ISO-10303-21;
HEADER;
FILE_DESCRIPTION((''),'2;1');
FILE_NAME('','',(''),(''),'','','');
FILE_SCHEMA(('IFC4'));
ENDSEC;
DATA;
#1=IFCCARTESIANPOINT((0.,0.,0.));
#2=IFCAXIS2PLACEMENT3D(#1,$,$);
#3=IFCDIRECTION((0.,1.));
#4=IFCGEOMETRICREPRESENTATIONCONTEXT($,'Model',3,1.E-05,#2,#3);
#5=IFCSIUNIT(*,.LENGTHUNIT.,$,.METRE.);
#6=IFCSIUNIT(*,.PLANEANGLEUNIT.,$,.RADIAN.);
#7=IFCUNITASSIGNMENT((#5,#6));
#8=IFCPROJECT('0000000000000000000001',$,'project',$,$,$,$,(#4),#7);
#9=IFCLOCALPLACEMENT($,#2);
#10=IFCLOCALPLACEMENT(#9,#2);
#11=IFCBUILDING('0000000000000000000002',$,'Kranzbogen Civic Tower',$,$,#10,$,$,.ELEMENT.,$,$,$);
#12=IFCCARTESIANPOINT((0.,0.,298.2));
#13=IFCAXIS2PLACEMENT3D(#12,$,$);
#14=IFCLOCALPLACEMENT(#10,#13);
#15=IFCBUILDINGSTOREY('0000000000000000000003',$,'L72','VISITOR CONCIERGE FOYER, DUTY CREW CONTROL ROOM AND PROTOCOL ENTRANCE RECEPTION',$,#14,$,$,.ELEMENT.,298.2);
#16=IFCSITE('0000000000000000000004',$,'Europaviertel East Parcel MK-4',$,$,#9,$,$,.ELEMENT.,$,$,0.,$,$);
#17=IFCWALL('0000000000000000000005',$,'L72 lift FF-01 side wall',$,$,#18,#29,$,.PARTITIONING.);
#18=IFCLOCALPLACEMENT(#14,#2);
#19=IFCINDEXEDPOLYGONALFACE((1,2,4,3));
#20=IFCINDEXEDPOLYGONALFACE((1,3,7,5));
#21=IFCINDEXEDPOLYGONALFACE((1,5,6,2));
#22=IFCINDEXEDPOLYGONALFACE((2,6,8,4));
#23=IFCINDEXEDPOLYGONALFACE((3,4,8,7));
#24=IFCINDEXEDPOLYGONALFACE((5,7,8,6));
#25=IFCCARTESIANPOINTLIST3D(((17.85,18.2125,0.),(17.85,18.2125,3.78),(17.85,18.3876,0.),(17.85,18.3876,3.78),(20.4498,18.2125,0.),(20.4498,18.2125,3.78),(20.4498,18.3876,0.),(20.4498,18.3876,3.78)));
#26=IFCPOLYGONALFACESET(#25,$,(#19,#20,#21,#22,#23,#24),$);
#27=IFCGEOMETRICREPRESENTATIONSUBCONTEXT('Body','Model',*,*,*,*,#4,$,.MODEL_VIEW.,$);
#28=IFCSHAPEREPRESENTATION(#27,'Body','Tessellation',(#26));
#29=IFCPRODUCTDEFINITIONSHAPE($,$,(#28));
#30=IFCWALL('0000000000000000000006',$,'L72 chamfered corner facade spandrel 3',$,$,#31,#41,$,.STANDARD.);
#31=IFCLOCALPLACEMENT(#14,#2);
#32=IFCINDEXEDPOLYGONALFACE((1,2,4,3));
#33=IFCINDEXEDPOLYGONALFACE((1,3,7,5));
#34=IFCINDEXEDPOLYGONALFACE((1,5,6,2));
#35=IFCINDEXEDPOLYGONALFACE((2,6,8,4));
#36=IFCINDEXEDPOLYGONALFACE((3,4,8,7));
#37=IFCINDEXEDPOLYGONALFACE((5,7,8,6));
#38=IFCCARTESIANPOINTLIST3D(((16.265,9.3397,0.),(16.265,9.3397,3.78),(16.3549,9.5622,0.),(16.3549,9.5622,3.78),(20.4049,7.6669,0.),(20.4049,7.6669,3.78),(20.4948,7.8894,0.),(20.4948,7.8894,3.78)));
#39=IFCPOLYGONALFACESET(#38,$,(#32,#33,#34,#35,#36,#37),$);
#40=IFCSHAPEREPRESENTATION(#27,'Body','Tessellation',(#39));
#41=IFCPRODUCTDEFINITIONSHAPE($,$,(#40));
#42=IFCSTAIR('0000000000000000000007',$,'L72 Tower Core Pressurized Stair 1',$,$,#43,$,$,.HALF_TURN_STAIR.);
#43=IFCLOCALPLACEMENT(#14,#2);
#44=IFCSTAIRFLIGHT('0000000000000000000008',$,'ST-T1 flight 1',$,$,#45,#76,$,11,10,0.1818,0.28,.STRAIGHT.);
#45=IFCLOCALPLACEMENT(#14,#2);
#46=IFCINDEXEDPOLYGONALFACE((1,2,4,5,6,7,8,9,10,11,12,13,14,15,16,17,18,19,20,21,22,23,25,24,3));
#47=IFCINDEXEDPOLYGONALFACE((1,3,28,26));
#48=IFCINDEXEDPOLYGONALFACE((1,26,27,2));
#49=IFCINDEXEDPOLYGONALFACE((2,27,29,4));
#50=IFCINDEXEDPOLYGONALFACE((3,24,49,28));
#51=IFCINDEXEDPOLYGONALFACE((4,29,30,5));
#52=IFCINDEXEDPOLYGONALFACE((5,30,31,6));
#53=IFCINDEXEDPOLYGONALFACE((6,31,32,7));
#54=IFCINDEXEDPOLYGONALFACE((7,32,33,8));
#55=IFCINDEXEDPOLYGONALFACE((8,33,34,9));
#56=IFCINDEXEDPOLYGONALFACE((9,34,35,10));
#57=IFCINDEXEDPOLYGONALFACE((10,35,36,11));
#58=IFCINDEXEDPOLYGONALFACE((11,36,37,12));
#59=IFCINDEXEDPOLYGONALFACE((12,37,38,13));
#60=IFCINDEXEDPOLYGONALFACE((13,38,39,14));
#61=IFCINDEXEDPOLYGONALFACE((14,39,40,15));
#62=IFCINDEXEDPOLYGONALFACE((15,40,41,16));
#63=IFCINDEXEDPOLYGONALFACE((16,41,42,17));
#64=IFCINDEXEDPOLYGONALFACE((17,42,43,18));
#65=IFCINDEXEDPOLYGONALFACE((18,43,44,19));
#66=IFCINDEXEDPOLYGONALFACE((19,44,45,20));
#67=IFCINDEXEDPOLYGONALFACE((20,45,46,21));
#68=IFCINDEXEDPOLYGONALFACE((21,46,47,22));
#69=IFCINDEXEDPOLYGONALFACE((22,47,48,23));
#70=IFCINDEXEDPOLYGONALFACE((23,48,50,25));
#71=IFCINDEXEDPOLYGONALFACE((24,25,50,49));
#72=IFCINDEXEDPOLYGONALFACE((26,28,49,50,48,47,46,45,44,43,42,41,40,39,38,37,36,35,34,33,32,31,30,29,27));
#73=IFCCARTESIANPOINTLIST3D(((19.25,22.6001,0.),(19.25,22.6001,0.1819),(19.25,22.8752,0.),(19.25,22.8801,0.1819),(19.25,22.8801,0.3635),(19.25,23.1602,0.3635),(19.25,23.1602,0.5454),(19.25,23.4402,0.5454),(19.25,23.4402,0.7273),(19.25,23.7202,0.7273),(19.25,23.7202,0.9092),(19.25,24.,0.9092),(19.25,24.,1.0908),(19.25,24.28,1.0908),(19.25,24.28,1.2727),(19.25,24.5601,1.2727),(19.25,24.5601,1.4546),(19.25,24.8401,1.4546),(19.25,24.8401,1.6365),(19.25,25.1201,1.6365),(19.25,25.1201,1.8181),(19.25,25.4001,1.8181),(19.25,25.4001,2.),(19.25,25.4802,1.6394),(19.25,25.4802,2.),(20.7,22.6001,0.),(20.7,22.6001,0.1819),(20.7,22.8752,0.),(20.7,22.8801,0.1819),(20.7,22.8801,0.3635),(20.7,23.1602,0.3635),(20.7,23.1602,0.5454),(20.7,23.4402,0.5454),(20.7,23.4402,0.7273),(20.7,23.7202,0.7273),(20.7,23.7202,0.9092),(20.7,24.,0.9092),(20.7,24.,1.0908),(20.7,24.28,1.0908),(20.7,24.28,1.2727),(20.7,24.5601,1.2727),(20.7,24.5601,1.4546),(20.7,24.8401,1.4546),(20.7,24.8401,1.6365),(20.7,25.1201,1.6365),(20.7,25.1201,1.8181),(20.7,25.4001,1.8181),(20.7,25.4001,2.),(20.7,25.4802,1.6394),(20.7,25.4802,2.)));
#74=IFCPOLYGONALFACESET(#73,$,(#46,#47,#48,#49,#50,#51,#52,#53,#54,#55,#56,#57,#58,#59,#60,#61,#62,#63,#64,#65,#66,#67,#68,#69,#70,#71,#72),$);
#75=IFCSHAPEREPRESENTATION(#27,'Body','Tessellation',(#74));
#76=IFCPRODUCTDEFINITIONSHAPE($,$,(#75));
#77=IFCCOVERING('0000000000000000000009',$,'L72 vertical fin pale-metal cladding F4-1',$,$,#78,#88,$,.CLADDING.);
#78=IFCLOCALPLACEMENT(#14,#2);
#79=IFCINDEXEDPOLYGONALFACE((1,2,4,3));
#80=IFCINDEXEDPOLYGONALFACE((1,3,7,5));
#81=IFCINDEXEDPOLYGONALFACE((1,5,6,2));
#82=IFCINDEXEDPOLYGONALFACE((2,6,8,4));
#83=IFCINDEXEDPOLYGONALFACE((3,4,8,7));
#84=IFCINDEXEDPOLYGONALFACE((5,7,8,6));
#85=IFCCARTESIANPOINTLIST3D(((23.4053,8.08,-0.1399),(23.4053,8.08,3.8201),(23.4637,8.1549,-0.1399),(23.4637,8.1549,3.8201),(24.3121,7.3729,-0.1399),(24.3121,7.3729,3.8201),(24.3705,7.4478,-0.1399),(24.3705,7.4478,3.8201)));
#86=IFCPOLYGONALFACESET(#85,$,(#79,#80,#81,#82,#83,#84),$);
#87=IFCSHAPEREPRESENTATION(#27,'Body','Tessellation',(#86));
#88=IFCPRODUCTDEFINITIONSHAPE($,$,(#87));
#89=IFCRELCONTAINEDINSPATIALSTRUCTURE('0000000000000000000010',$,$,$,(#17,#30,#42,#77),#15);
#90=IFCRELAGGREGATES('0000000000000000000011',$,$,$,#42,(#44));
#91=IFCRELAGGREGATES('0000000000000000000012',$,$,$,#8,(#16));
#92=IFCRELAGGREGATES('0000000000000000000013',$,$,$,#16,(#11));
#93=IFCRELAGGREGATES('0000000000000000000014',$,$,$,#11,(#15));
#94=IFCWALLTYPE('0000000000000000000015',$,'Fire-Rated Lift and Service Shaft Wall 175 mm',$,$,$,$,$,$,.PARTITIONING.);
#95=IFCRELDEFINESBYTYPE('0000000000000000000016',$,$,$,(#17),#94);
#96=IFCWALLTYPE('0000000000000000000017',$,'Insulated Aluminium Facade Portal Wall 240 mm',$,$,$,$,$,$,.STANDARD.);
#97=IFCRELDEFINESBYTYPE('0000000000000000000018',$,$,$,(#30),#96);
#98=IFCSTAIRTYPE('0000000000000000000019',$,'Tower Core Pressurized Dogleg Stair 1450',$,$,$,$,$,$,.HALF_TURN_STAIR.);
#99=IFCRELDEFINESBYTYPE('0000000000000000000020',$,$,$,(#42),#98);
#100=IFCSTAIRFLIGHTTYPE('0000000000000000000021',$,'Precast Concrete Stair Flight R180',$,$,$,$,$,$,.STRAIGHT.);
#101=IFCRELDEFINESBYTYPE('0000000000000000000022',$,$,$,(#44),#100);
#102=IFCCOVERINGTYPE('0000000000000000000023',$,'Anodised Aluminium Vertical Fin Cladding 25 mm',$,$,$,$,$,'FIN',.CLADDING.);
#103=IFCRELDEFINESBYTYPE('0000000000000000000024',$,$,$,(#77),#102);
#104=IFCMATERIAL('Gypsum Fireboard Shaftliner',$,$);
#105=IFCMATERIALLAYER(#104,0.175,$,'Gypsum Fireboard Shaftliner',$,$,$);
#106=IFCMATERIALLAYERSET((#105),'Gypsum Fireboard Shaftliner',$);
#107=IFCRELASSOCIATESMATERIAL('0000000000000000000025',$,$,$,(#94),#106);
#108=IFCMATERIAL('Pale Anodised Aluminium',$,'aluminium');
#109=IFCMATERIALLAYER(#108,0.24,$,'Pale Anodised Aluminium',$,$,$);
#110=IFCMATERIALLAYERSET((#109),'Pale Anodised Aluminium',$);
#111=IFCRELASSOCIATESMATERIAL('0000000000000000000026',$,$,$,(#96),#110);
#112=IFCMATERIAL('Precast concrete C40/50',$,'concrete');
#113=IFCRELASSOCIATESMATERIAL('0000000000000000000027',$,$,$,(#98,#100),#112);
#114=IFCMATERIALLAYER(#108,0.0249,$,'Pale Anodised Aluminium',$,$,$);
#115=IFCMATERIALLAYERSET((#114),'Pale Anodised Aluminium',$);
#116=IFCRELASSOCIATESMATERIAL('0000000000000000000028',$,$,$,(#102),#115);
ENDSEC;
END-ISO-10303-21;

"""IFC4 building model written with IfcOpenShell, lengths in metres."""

from ifc_helpers import new_model, si_unit, direction, frame, frame_2d, origin, origin_2d, place, context, subcontext, project, spatial, polyline, rectangle, outline, extrude, material, layer, layer_set, type_object, element, aggregate, save


model = new_model("IFC4")

# Units and contexts
model_context = context("Model", 3, precision=1e-05, world=origin(), true_north=direction((0.0, 1.0)))
body_context = subcontext(model_context, "Body", "Model", "MODEL_VIEW")
ifc_project = project(units=[si_unit("LENGTHUNIT", "METRE"), si_unit("PLANEANGLEUNIT", "RADIAN")], contexts=[model_context])

# Site, building, storey
site_placement = place(None, origin())
site = spatial("IfcSite", under=ifc_project, at=site_placement, Name="Europaviertel East Parcel MK-4", CompositionType="ELEMENT", RefElevation=0.0)
building_placement = place(site_placement, origin())
building = spatial("IfcBuilding", under=site, at=building_placement, Name="Kranzbogen Civic Tower", CompositionType="ELEMENT")
storey_placement = place(building_placement, frame((0.0, 0.0, 298.2)))
storey = spatial("IfcBuildingStorey", under=building, at=storey_placement, Name="L72", Description="VISITOR CONCIERGE FOYER, DUTY CREW CONTROL ROOM AND PROTOCOL ENTRANCE RECEPTION", CompositionType="ELEMENT", Elevation=298.2)

# Shared definitions
ifc_material_1 = material(Name="Pale Anodised Aluminium", Category="aluminium")

# Shared definitions
ifc_material_2 = material(Name="Gypsum Fireboard Shaftliner")
ifc_layer_1 = layer(ifc_material_2, 0.175, Name="Gypsum Fireboard Shaftliner")
ifc_layer_set_1 = layer_set([ifc_layer_1], Name="Gypsum Fireboard Shaftliner")
wall_type_1 = type_object("IfcWallType", Name="Fire-Rated Lift and Service Shaft Wall 175 mm", PredefinedType="PARTITIONING", material=ifc_layer_set_1)

# Walls
wall_1_placement = place(storey_placement, frame((17.8501, 18.3, 0.0), z_axis=(0.0, 0.0, 1.0), x_axis=(1.0, 0.0, 0.0)))
element("IfcWall", 1, at=wall_1_placement, inside=storey, type_object=wall_type_1, Name="L72 lift FF-01 side wall", PredefinedType="PARTITIONING", context=body_context, shape_type="SweptSolid", body=[
    extrude(rectangle(XDim=2.5999, YDim=0.175, at=frame_2d((1.2998, 0.0))), origin(), (0.0, 0.0, 1.0), 3.78),
])
ifc_layer_2 = layer(ifc_material_1, 0.24, Name="Pale Anodised Aluminium")
ifc_layer_set_2 = layer_set([ifc_layer_2], Name="Pale Anodised Aluminium")
wall_type_2 = type_object("IfcWallType", Name="Insulated Aluminium Facade Portal Wall 240 mm", PredefinedType="STANDARD", material=ifc_layer_set_2)
wall_2_placement = place(storey_placement, frame((16.3101, 9.4509, 0.0), z_axis=(0.0, 0.0, 1.0), x_axis=(0.927166, -0.37465, 0.0)))
element("IfcWall", 2, at=wall_2_placement, inside=storey, type_object=wall_type_2, Name="L72 chamfered corner facade spandrel 3", PredefinedType="STANDARD", context=body_context, shape_type="SweptSolid", body=[
    extrude(rectangle(XDim=4.4651, YDim=0.24, at=frame_2d((2.2324, 0.0))), origin(), (0.0, 0.0, 1.0), 3.78),
])

# Stair, stair flight
ifc_material_3 = material(Name="Precast concrete C40/50", Category="concrete")
stair_type = type_object("IfcStairType", Name="Tower Core Pressurized Dogleg Stair 1450", PredefinedType="HALF_TURN_STAIR", material=ifc_material_3)
stair_placement = place(storey_placement, origin())
stair = element("IfcStair", 3, at=stair_placement, inside=storey, type_object=stair_type, Name="L72 Tower Core Pressurized Stair 1", PredefinedType="HALF_TURN_STAIR")
stair_flight_type = type_object("IfcStairFlightType", Name="Precast Concrete Stair Flight R180", PredefinedType="STRAIGHT", material=ifc_material_3)
stair_flight_placement = place(storey_placement, frame((19.9751, 22.6001, 0.0), z_axis=(0.0, 0.0, 1.0), x_axis=(0.0, 1.0, 0.0)))
stair_flight = element("IfcStairFlight", 4, at=stair_flight_placement, type_object=stair_flight_type, Name="ST-T1 flight 1", NumberOfRisers=11, NumberOfTreads=10, PredefinedType="STRAIGHT", RiserHeight=0.1818, TreadLength=0.28, context=body_context, shape_type="SweptSolid", body=[
    extrude(outline(polyline([(0.0, 0.0), (0.0, 0.1819), (0.28, 0.1819), (0.28, 0.3635), (0.5601, 0.3635), (0.5601, 0.5454), (0.8401, 0.5454), (0.8401, 0.7273), (1.1201, 0.7273), (1.1201, 0.9092), (1.3999, 0.9092), (1.3999, 1.0908), (1.6799, 1.0908), (1.6799, 1.2727), (1.96, 1.2727), (1.96, 1.4546), (2.24, 1.4546), (2.24, 1.6365), (2.52, 1.6365), (2.52, 1.8181), (2.8, 1.8181), (2.8, 2.0), (2.8801, 2.0), (2.8801, 1.6394), (0.2751, 0.0), (0.0, 0.0)])), frame((0.0, 0.7251, 0.0), z_axis=(0.0, -1.0, 0.0), x_axis=(1.0, 0.0, 0.0)), (0.0, 0.0, 1.0), 1.45),
])
aggregate(stair, [stair_flight])

# Covering
ifc_layer_3 = layer(ifc_material_1, 0.0249, Name="Pale Anodised Aluminium")
ifc_layer_set_3 = layer_set([ifc_layer_3], Name="Pale Anodised Aluminium")
covering_type = type_object("IfcCoveringType", Name="Anodised Aluminium Vertical Fin Cladding 25 mm", ElementType="FIN", PredefinedType="CLADDING", material=ifc_layer_set_3)
covering_placement = place(storey_placement, frame((23.8879, 7.7639, -0.1399), z_axis=(0.0, 0.0, 1.0), x_axis=(0.788601, -0.614905, 0.0)))
element("IfcCovering", 5, at=covering_placement, inside=storey, type_object=covering_type, Name="L72 vertical fin pale-metal cladding F4-1", PredefinedType="CLADDING", context=body_context, shape_type="SweptSolid", body=[
    extrude(rectangle(XDim=1.1499, YDim=0.095, at=origin_2d()), origin(), (0.0, 0.0, 1.0), 3.96),
])

save(model, "model.ifc")
